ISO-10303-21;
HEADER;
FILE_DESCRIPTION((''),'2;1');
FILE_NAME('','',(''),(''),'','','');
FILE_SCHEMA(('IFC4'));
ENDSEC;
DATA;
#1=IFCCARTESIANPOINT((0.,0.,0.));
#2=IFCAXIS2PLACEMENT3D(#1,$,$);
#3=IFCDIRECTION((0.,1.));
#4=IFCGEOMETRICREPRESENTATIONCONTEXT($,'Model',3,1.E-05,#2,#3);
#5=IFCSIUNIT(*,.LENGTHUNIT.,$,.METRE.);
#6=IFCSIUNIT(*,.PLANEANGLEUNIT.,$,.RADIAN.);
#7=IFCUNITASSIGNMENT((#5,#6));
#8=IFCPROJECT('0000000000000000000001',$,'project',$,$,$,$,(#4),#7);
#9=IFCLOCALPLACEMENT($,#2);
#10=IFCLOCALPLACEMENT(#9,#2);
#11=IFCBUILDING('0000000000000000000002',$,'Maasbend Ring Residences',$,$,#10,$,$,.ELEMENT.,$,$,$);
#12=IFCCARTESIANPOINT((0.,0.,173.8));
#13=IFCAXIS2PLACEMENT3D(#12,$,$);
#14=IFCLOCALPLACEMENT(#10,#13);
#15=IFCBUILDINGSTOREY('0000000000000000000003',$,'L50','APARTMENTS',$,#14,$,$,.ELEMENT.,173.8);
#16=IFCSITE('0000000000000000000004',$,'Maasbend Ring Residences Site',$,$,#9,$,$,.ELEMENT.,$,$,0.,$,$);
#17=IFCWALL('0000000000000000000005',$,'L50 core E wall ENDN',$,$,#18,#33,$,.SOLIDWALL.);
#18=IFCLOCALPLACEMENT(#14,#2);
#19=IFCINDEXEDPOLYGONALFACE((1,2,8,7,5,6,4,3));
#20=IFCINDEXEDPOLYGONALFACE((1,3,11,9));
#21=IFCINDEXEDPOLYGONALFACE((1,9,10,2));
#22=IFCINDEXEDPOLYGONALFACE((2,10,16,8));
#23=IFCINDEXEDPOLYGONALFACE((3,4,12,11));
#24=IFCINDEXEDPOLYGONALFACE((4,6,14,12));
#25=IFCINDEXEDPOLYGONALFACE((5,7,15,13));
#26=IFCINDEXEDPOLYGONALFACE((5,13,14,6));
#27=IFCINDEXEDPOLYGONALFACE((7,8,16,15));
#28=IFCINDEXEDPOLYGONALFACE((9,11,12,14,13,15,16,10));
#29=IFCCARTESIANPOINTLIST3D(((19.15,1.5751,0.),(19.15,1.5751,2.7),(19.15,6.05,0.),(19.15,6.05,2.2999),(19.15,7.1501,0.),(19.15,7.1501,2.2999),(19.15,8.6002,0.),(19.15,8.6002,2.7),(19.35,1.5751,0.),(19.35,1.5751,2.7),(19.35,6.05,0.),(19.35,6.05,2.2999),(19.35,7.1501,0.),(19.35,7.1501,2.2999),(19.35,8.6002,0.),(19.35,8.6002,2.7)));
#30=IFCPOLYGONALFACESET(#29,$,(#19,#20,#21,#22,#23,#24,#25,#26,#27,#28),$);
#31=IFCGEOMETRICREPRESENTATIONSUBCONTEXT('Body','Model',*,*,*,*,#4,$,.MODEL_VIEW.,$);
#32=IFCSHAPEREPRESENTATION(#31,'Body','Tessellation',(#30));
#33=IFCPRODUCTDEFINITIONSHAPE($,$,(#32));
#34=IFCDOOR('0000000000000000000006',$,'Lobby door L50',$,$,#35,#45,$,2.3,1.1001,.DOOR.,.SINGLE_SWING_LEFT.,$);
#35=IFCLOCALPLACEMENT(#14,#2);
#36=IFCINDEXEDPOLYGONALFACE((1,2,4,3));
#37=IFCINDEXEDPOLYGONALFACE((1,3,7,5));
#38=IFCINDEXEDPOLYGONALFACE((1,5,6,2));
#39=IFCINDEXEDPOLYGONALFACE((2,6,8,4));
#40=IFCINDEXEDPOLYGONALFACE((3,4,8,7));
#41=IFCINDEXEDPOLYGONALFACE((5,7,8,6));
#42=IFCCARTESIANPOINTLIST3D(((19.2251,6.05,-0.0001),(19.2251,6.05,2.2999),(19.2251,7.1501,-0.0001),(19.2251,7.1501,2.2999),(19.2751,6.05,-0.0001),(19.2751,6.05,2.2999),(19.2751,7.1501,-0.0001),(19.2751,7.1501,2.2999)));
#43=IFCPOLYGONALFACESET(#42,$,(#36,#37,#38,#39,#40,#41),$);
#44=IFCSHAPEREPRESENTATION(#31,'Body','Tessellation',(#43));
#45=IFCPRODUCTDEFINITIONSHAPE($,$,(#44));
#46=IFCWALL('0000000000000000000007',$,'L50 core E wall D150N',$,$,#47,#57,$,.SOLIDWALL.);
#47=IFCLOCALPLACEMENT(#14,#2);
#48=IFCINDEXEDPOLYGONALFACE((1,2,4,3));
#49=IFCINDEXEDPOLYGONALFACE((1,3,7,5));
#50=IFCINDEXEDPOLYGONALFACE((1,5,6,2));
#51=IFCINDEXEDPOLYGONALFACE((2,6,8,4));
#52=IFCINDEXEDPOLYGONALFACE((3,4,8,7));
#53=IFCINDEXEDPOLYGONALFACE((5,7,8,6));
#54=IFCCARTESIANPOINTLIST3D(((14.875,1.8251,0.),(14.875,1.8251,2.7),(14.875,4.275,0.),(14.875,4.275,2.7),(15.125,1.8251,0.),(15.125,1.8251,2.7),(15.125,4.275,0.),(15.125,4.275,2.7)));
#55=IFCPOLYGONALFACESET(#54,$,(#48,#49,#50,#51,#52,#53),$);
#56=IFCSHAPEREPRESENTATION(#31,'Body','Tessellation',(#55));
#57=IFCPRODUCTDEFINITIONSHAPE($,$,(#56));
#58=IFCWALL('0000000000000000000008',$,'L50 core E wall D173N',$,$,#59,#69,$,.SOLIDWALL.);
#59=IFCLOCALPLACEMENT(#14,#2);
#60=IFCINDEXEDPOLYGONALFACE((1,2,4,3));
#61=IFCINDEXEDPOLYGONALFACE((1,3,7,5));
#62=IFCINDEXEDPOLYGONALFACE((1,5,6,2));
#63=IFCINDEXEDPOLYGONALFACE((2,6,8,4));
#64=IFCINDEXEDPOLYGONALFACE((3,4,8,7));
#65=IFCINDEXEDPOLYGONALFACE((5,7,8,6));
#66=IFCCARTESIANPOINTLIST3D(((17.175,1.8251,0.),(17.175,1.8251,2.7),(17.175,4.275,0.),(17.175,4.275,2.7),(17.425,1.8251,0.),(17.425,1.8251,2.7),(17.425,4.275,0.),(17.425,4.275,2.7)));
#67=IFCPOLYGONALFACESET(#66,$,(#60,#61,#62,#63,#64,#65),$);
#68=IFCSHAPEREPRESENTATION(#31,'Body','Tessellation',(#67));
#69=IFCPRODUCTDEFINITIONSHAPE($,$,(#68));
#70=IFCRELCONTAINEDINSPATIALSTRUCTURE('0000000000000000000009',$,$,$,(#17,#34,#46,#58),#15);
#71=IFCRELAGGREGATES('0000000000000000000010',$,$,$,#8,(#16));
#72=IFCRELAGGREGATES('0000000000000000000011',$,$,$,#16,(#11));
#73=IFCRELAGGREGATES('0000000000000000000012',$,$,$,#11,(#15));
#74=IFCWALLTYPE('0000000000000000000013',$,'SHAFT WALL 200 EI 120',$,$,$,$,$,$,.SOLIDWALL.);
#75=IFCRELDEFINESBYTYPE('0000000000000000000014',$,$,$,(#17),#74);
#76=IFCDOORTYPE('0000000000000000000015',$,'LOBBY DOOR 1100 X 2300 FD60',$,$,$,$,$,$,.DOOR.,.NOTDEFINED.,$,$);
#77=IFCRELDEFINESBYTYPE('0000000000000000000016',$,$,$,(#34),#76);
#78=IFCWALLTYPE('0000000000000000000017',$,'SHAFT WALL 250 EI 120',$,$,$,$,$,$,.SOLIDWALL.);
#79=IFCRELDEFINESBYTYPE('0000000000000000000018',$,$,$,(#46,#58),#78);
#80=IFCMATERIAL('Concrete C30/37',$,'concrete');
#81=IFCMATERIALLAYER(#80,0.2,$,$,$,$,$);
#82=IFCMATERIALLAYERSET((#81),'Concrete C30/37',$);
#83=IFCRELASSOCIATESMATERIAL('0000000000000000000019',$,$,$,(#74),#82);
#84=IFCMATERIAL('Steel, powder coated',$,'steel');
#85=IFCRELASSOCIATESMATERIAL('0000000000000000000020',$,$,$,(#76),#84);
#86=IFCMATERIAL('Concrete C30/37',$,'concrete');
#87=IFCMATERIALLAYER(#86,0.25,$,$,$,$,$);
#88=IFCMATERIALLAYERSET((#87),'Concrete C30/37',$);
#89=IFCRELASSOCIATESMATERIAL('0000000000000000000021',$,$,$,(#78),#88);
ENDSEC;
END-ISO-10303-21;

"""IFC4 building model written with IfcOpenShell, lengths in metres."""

from ifc_helpers import new_model, si_unit, direction, frame, frame_2d, origin, place, context, subcontext, project, spatial, rectangle, extrude, material, layer, layer_set, type_object, element, fill, save


model = new_model("IFC4")

# Units and contexts
model_context = context("Model", 3, precision=1e-05, world=origin(), true_north=direction((0.0, 1.0)))
body_context = subcontext(model_context, "Body", "Model", "MODEL_VIEW")
ifc_project = project(units=[si_unit("LENGTHUNIT", "METRE"), si_unit("PLANEANGLEUNIT", "RADIAN")], contexts=[model_context])

# Site, building, storey
site_placement = place(None, origin())
site = spatial("IfcSite", under=ifc_project, at=site_placement, Name="Maasbend Ring Residences Site", CompositionType="ELEMENT", RefElevation=0.0)
building_placement = place(site_placement, origin())
building = spatial("IfcBuilding", under=site, at=building_placement, Name="Maasbend Ring Residences", CompositionType="ELEMENT")
storey_placement = place(building_placement, frame((0.0, 0.0, 173.8)))
storey = spatial("IfcBuildingStorey", under=building, at=storey_placement, Name="L50", Description="APARTMENTS", CompositionType="ELEMENT", Elevation=173.8)

# Wall, opening, door
ifc_material_1 = material(Name="Concrete C30/37", Category="concrete")
ifc_layer_1 = layer(ifc_material_1, 0.2)
ifc_layer_set_1 = layer_set([ifc_layer_1], Name="Concrete C30/37")
wall_type_1 = type_object("IfcWallType", Name="SHAFT WALL 200 EI 120", PredefinedType="SOLIDWALL", material=ifc_layer_set_1)
wall_1_placement = place(storey_placement, frame((19.25, 1.575, 0.0), z_axis=(0.0, 0.0, 1.0), x_axis=(0.0, 1.0, 0.0)))
wall_1 = element("IfcWall", 1, at=wall_1_placement, inside=storey, type_object=wall_type_1, Name="L50 core E wall ENDN", PredefinedType="SOLIDWALL", context=body_context, shape_type="SweptSolid", body=[
    extrude(rectangle(XDim=7.0251, YDim=0.2, at=frame_2d((3.5127, 0.0))), origin(), (0.0, 0.0, 1.0), 2.7),
])
opening_1_placement = place(wall_1_placement, frame((4.4751, 0.0, 0.0)))
opening_1 = element("IfcOpeningElement", 2, at=opening_1_placement, cuts=wall_1, PredefinedType="OPENING", context=body_context, shape_type="SweptSolid", body=[
    extrude(rectangle(XDim=1.1001, YDim=2.3, at=frame_2d((0.55, 1.1499))), frame((0.0, 0.1099, 0.0), z_axis=(0.0, -1.0, 0.0), x_axis=(1.0, 0.0, 0.0)), (0.0, 0.0, 1.0), 0.22),
])
ifc_material_2 = material(Name="Steel, powder coated", Category="steel")
door_type_1 = type_object("IfcDoorType", Name="LOBBY DOOR 1100 X 2300 FD60", OperationType="NOTDEFINED", PredefinedType="DOOR", material=ifc_material_2)
door_1_placement = place(opening_1_placement, origin())
door_1 = element("IfcDoor", 3, at=door_1_placement, inside=storey, type_object=door_type_1, Name="Lobby door L50", OperationType="SINGLE_SWING_LEFT", OverallHeight=2.3, OverallWidth=1.1001, PredefinedType="DOOR", context=body_context, shape_type="SweptSolid", body=[
    extrude(rectangle(XDim=1.1001, YDim=2.3, at=frame_2d((0.55, 1.1499))), frame((0.0, 0.0249, 0.0), z_axis=(0.0, -1.0, 0.0), x_axis=(1.0, 0.0, 0.0)), (0.0, 0.0, 1.0), 0.05),
])
fill(opening_1, door_1)

# Walls
ifc_material_3 = material(Name="Concrete C30/37", Category="concrete")
ifc_layer_2 = layer(ifc_material_3, 0.25)
ifc_layer_set_2 = layer_set([ifc_layer_2], Name="Concrete C30/37")
wall_type_2 = type_object("IfcWallType", Name="SHAFT WALL 250 EI 120", PredefinedType="SOLIDWALL", material=ifc_layer_set_2)
for number, where, z_axis, x_axis, name in (
    (4, (15.0, 1.825, 0.0), (0.0, 0.0, 1.0), (0.0, 1.0, 0.0), "L50 core E wall D150N"),
    (5, (17.3, 1.825, 0.0), (0.0, 0.0, 1.0), (0.0, 1.0, 0.0), "L50 core E wall D173N"),
):
    element("IfcWall", number, at=place(storey_placement, frame(where, z_axis=z_axis, x_axis=x_axis)), inside=storey, type_object=wall_type_2, Name=name, PredefinedType="SOLIDWALL", context=body_context, shape_type="SweptSolid", body=[
        extrude(rectangle(XDim=2.45, YDim=0.25, at=frame_2d((1.2251, 0.0))), origin(), (0.0, 0.0, 1.0), 2.7),
    ])

save(model, "model.ifc")
